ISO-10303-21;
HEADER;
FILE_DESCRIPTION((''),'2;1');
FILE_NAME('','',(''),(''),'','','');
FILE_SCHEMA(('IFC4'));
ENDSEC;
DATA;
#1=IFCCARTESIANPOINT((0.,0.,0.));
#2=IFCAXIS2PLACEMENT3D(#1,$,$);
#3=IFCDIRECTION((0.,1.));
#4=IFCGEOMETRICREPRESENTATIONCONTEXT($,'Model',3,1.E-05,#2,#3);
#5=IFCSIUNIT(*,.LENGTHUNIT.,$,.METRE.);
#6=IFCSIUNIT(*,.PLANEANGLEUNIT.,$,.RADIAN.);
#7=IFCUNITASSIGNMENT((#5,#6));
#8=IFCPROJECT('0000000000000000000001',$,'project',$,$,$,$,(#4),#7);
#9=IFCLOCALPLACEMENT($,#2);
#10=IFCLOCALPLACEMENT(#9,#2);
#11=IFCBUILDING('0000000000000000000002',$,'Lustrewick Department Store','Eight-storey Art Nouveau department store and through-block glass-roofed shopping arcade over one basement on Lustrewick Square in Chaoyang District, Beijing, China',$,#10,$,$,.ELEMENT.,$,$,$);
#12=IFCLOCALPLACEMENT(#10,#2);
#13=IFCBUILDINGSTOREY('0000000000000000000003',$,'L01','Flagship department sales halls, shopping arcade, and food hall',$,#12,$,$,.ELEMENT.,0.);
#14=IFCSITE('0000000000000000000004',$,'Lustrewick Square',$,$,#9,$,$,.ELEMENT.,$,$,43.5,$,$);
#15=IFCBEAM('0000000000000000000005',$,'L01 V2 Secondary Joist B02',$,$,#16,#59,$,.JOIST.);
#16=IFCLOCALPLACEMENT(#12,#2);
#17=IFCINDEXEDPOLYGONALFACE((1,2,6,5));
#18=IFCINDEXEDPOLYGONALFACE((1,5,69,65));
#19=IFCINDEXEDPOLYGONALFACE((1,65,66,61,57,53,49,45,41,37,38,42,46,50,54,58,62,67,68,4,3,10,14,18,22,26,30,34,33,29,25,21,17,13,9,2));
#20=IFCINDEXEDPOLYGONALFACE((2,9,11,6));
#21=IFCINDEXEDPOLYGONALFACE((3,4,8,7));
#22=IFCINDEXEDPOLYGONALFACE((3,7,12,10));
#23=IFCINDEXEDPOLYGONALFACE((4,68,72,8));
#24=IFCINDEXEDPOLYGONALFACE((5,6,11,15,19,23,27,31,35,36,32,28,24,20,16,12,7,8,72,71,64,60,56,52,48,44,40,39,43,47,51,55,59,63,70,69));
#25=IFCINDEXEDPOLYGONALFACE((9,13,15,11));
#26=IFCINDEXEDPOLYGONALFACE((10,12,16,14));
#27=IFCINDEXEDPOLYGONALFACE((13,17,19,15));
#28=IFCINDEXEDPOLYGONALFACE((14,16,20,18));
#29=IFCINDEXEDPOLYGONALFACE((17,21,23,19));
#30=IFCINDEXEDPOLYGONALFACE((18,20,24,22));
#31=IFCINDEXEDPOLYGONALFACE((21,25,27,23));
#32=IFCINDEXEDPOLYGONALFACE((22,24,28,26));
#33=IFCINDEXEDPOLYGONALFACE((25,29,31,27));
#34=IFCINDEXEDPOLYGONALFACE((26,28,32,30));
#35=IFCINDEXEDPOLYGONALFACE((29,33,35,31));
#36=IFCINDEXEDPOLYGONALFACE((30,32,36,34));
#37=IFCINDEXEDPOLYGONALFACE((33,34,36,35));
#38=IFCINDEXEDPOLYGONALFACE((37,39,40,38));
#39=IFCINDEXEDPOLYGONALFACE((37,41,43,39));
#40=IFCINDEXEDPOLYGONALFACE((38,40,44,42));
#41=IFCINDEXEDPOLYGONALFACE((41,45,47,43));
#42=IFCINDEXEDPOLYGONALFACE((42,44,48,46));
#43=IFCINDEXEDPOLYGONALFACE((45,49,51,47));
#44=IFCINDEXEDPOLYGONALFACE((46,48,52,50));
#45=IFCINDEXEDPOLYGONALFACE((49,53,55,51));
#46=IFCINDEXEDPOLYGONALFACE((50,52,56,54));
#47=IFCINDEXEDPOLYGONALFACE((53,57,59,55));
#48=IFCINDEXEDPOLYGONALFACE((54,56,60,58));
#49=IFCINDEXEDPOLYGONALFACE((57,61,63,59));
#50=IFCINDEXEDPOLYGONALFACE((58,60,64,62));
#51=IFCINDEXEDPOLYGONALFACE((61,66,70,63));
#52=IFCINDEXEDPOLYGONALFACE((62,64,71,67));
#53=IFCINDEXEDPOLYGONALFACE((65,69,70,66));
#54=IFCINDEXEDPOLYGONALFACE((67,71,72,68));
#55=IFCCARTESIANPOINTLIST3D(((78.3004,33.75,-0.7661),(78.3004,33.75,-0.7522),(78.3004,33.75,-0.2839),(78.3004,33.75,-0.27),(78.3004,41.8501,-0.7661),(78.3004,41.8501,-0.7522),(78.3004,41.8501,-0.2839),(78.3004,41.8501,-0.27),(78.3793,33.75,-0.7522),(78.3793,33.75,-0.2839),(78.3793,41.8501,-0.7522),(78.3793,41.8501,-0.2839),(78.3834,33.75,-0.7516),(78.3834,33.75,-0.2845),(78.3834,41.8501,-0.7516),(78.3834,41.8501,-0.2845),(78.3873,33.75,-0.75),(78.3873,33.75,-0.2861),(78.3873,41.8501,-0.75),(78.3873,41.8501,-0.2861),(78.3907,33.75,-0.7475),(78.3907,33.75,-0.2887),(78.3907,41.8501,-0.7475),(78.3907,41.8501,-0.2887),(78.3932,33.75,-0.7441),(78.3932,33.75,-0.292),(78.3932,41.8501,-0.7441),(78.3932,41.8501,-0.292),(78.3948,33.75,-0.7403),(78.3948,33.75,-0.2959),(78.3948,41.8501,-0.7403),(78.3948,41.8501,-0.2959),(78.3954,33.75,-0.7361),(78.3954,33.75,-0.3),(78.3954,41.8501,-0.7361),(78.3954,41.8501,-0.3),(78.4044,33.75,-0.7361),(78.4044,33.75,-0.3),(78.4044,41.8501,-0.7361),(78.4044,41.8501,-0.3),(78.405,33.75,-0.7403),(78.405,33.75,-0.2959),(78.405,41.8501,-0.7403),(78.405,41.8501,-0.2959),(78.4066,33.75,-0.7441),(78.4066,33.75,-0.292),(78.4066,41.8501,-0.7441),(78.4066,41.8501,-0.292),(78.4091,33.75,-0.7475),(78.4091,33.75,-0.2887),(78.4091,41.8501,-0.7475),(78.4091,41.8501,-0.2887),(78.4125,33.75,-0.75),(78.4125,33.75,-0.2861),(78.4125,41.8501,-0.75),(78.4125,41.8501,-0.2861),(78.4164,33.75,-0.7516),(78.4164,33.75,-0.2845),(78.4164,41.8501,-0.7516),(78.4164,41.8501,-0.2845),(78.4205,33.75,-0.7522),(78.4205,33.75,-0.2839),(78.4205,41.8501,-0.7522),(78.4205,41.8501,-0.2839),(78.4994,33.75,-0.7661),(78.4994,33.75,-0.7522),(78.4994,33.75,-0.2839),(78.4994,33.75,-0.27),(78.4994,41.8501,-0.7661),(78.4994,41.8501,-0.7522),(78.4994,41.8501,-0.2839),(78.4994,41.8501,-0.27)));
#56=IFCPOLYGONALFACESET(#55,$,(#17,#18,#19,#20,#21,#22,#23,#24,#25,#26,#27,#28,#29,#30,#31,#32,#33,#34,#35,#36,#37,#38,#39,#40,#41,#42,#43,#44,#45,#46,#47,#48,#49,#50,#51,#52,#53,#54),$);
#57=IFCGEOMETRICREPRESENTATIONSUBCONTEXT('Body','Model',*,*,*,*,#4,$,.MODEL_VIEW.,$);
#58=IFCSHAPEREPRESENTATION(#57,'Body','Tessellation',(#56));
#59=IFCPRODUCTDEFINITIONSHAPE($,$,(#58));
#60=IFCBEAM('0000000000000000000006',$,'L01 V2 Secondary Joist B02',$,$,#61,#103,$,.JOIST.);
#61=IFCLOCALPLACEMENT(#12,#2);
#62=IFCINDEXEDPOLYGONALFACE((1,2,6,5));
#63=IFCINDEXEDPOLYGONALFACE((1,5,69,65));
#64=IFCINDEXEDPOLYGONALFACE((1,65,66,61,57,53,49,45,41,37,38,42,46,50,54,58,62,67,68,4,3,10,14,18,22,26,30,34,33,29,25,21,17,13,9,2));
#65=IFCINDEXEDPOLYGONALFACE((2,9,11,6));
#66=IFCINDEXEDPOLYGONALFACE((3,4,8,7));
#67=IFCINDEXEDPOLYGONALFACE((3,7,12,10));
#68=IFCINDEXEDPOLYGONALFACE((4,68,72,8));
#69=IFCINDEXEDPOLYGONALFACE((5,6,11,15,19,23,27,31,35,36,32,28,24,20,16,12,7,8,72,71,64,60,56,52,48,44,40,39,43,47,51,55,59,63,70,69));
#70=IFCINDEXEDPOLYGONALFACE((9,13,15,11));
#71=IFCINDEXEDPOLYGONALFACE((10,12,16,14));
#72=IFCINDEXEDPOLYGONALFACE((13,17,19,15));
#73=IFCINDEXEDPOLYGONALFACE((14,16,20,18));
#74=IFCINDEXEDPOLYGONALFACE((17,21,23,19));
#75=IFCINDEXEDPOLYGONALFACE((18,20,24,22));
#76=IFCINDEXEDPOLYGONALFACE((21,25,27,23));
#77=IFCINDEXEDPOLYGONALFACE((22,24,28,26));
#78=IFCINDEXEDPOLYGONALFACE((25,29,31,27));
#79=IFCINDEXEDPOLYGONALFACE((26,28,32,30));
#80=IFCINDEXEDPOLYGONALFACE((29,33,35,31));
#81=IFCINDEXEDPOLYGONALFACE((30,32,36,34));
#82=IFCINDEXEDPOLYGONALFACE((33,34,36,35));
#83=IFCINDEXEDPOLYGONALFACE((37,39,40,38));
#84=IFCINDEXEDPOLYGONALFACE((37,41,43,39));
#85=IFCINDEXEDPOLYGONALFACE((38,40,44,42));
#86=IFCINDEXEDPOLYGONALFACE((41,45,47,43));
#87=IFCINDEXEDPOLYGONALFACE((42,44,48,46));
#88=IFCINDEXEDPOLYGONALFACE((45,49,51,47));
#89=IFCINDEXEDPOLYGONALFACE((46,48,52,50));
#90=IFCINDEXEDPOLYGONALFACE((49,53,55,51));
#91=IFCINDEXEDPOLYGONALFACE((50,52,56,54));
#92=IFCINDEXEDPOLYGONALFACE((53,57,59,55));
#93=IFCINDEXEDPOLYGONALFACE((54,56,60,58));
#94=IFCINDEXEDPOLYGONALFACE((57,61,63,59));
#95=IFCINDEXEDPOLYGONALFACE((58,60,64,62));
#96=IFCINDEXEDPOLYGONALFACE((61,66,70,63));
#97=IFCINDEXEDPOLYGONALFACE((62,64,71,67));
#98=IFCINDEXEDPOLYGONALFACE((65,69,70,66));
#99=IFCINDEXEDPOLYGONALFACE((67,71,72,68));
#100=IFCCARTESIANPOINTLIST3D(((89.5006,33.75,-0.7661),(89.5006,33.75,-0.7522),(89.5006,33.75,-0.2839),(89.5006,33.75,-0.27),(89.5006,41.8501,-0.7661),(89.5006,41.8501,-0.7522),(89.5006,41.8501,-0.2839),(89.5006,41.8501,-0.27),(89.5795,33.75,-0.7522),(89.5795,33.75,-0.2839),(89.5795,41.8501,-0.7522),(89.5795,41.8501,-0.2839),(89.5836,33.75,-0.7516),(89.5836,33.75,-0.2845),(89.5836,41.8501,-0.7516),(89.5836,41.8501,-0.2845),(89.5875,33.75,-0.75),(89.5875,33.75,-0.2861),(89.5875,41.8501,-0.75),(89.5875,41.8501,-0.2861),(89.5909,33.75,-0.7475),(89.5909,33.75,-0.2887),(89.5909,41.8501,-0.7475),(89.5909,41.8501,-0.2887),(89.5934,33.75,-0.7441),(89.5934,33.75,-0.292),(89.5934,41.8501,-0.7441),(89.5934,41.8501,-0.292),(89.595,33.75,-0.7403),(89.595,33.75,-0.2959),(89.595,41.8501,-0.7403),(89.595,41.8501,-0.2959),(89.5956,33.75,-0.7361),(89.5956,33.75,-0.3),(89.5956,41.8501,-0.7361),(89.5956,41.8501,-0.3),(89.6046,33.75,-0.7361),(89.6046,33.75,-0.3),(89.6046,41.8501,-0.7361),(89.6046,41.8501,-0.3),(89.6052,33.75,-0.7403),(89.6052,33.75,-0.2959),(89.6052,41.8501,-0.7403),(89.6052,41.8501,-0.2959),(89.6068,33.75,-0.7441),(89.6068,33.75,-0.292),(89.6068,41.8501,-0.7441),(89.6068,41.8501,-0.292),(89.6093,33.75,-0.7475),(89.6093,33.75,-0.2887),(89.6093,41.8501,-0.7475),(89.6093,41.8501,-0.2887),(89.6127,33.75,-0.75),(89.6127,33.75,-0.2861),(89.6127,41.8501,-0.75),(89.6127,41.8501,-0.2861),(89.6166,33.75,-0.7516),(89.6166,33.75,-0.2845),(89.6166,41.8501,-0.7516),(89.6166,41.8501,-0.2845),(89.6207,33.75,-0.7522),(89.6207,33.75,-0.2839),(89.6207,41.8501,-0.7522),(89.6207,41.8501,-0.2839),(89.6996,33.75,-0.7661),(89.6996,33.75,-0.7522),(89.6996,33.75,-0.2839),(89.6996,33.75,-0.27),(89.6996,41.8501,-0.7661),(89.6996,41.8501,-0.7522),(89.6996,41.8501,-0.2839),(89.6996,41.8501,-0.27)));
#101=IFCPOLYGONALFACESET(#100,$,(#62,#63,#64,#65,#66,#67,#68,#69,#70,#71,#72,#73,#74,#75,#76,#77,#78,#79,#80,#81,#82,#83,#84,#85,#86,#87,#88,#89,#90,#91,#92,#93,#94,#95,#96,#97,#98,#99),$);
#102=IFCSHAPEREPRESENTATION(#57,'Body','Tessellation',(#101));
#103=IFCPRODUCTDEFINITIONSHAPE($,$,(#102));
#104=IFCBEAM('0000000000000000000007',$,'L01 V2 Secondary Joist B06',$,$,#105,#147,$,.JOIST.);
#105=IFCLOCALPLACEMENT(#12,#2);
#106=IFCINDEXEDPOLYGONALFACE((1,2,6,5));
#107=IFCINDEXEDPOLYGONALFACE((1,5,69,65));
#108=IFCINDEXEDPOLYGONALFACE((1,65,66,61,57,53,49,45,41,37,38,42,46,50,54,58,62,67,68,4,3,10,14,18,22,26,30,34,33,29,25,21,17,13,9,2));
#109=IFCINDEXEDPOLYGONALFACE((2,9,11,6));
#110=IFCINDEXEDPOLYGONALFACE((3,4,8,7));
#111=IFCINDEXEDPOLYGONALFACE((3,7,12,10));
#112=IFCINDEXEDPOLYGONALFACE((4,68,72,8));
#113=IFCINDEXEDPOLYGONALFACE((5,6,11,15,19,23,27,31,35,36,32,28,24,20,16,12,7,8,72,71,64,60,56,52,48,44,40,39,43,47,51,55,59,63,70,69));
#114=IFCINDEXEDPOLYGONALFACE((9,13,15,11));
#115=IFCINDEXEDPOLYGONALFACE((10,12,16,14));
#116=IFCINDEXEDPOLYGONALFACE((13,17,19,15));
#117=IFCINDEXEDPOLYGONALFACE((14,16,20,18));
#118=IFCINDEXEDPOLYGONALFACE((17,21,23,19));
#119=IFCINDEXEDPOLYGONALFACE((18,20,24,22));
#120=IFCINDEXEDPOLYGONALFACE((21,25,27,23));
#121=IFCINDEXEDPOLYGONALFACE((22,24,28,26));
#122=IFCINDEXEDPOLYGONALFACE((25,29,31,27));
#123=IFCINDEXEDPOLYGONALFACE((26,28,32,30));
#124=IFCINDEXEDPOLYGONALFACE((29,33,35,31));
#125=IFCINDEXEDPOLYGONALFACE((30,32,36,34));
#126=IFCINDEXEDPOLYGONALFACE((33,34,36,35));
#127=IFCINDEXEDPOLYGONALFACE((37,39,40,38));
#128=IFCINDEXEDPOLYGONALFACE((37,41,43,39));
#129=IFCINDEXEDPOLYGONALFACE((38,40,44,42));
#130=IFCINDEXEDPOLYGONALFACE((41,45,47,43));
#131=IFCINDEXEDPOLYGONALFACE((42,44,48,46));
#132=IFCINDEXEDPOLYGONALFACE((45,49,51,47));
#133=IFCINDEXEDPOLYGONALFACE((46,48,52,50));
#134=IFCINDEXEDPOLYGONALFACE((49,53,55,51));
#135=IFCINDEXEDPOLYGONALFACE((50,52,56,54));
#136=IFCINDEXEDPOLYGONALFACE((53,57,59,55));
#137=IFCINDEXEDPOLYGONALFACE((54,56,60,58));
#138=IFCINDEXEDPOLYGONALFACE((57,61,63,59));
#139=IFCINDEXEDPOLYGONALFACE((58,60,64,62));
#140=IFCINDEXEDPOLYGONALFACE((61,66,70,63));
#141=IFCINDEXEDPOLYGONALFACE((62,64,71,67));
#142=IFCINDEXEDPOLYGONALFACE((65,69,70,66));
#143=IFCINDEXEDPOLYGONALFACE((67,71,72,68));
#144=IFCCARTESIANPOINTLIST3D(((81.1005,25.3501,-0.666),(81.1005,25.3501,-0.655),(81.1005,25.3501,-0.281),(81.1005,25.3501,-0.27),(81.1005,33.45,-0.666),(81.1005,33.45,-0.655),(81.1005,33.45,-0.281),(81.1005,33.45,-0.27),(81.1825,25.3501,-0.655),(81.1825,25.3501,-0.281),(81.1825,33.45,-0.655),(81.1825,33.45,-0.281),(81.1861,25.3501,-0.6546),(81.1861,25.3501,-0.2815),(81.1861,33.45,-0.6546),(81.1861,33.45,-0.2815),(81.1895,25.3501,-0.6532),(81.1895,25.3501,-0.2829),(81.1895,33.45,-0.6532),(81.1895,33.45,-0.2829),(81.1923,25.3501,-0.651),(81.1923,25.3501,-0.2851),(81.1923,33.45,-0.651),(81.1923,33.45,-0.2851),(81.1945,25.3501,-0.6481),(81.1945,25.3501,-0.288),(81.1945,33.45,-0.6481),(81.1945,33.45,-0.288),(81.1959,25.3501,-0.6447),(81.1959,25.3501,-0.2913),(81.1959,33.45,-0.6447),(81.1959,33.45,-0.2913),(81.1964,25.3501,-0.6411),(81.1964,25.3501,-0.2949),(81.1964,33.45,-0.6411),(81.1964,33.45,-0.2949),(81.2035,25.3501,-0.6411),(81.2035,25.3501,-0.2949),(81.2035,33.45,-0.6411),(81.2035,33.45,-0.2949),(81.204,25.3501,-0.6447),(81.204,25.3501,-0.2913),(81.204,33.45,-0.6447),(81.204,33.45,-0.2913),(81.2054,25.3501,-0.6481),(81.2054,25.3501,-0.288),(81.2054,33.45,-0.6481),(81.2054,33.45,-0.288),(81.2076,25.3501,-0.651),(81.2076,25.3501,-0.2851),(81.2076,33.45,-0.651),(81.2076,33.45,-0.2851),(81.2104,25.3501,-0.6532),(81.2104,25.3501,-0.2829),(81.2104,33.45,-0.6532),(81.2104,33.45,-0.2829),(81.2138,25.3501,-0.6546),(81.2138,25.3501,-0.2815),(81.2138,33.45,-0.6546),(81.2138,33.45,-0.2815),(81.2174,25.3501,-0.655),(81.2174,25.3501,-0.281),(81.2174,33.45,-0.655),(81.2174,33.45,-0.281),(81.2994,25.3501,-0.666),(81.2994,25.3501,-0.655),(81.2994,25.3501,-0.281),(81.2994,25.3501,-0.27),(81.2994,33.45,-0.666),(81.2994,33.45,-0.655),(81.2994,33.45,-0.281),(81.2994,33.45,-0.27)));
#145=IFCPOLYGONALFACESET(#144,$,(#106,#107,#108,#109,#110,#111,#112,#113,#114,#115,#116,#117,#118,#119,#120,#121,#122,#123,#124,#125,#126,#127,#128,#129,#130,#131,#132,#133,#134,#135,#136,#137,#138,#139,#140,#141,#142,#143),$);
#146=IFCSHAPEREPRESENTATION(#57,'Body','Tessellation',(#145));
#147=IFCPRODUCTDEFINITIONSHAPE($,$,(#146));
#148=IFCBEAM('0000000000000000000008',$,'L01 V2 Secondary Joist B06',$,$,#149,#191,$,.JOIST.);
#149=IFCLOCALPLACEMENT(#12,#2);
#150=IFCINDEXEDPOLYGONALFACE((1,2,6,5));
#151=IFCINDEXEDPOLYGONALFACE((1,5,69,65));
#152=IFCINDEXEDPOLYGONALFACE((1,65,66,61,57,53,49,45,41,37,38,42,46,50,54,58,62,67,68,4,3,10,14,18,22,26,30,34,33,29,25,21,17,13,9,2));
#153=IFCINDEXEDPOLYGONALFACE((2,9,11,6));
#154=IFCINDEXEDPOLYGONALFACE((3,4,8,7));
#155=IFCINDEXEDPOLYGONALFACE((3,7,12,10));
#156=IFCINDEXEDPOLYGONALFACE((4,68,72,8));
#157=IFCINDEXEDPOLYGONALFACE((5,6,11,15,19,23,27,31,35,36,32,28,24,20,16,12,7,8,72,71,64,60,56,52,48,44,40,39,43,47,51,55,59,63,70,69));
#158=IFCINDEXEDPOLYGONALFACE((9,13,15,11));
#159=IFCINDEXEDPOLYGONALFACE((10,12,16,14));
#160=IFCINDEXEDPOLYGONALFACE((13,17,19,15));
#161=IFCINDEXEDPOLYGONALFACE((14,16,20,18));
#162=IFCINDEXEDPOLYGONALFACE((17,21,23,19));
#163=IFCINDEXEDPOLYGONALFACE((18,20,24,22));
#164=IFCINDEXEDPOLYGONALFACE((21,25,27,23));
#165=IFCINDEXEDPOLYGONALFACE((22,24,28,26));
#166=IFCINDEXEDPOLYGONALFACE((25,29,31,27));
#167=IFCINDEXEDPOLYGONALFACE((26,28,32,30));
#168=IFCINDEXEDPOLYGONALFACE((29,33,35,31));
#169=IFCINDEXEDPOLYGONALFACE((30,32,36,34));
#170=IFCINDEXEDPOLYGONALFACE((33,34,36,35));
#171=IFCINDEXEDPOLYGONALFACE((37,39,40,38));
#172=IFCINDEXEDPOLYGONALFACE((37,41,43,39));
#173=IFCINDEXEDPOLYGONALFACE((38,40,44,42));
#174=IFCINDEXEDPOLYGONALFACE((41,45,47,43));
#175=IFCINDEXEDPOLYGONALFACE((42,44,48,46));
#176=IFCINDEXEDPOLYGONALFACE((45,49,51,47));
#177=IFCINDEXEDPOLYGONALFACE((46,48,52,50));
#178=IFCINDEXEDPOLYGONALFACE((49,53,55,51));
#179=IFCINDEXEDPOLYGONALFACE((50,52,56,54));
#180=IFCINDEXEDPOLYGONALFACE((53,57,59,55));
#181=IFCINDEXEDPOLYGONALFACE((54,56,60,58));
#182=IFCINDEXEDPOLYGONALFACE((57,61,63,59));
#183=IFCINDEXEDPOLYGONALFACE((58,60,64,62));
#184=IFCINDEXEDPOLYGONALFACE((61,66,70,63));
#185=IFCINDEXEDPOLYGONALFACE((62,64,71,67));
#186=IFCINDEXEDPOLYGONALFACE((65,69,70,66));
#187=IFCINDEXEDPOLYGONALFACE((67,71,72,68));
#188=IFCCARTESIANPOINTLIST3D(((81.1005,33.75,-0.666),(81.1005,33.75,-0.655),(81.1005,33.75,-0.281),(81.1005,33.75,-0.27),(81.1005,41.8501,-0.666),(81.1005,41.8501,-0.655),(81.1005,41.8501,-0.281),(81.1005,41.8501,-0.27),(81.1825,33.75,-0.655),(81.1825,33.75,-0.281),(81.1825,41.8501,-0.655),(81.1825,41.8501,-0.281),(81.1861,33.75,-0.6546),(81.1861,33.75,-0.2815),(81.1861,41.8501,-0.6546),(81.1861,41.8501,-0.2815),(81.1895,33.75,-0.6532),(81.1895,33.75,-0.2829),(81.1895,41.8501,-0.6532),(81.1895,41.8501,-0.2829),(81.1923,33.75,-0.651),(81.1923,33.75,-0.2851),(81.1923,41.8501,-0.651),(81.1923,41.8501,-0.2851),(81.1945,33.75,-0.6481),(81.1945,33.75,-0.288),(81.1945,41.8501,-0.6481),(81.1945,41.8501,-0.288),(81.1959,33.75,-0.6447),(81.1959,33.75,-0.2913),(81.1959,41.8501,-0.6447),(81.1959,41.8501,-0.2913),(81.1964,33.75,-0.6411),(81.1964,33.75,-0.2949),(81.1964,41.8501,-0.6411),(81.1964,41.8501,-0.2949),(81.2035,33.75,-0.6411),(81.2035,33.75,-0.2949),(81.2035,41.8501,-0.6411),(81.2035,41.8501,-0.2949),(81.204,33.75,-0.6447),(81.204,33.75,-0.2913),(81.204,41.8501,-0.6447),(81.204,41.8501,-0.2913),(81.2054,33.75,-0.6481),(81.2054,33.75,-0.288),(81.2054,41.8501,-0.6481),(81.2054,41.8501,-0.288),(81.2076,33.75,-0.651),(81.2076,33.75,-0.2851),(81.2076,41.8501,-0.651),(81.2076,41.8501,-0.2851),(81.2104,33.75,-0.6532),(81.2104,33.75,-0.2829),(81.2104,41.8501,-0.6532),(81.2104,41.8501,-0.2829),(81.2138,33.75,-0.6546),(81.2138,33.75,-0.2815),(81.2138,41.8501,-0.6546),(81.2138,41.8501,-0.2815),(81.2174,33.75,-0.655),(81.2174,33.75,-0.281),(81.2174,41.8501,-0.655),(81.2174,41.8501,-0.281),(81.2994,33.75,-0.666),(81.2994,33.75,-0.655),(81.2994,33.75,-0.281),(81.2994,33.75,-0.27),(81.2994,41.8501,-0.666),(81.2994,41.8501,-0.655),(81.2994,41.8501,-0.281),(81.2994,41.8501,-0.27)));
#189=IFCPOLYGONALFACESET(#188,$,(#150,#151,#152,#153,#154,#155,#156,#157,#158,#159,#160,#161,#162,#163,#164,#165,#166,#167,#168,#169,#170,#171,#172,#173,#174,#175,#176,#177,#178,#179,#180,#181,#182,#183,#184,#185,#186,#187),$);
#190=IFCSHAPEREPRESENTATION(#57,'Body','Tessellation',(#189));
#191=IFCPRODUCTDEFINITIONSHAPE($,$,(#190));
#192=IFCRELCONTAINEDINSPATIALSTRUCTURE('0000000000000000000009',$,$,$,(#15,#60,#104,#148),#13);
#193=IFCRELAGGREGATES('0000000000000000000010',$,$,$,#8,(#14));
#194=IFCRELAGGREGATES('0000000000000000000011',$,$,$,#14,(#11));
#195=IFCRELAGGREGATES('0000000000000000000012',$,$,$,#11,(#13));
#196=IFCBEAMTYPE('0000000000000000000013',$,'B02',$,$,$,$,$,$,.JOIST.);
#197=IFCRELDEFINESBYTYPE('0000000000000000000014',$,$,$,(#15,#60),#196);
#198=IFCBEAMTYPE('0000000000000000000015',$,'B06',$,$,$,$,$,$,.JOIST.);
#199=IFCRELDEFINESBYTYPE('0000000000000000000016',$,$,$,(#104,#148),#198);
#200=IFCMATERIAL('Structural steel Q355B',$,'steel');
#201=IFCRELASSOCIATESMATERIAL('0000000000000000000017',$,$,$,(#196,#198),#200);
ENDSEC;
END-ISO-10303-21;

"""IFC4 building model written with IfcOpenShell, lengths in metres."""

from ifc_helpers import new_model, si_unit, direction, frame, origin, origin_2d, place, context, subcontext, project, spatial, i_section, extrude, material, material_profile, profile_set, type_object, element, save


model = new_model("IFC4")

# Units and contexts
model_context = context("Model", 3, precision=1e-05, world=origin(), true_north=direction((0.0, 1.0)))
body_context = subcontext(model_context, "Body", "Model", "MODEL_VIEW")
ifc_project = project(units=[si_unit("LENGTHUNIT", "METRE"), si_unit("PLANEANGLEUNIT", "RADIAN")], contexts=[model_context])

# Site, building, storey
site_placement = place(None, origin())
site = spatial("IfcSite", under=ifc_project, at=site_placement, Name="Lustrewick Square", CompositionType="ELEMENT", RefElevation=43.5)
building_placement = place(site_placement, origin())
building = spatial("IfcBuilding", under=site, at=building_placement, Name="Lustrewick Department Store", Description="Eight-storey Art Nouveau department store and through-block glass-roofed shopping arcade over one basement on Lustrewick Square in Chaoyang District, Beijing, China", CompositionType="ELEMENT")
storey_placement = place(building_placement, origin())
storey = spatial("IfcBuildingStorey", under=building, at=storey_placement, Name="L01", Description="Flagship department sales halls, shopping arcade, and food hall", CompositionType="ELEMENT", Elevation=0.0)

# Shared definitions
ifc_material_1 = material(Name="Structural steel Q355B", Category="steel")

# Beams
ifc_material_profile_1 = material_profile(ifc_material_1, i_section(OverallWidth=0.199, OverallDepth=0.4961, WebThickness=0.009, FlangeThickness=0.0139, FilletRadius=0.0161, at=origin_2d()), Name="HN 496x199x9x14")
ifc_profile_set_1 = profile_set([ifc_material_profile_1], Name="Structural steel Q355B")
beam_type_1 = type_object("IfcBeamType", Name="B02", PredefinedType="JOIST", material=ifc_profile_set_1)
for number, where, z_axis, x_axis, name in (
    (1, (78.3999, 33.75, -0.5181), (0.0, 1.0, 0.0), (-1.0, 0.0, 0.0), "L01 V2 Secondary Joist B02"),
    (2, (89.6001, 33.75, -0.5181), (0.0, 1.0, 0.0), (-1.0, 0.0, 0.0), "L01 V2 Secondary Joist B02"),
):
    element("IfcBeam", number, at=place(storey_placement, frame(where, z_axis=z_axis, x_axis=x_axis)), inside=storey, type_object=beam_type_1, Name=name, PredefinedType="JOIST", context=body_context, shape_type="SweptSolid", body=[
        extrude(i_section(OverallWidth=0.199, OverallDepth=0.4961, WebThickness=0.009, FlangeThickness=0.0139, FilletRadius=0.0161, at=origin_2d()), origin(), (0.0, 0.0, 1.0), 8.1001),
    ])
ifc_material_profile_2 = material_profile(ifc_material_1, i_section(OverallWidth=0.199, OverallDepth=0.396, WebThickness=0.0071, FlangeThickness=0.011, FilletRadius=0.0139, at=origin_2d()), Name="HN 396x199x7x11")
ifc_profile_set_2 = profile_set([ifc_material_profile_2], Name="Structural steel Q355B")
beam_type_2 = type_object("IfcBeamType", Name="B06", PredefinedType="JOIST", material=ifc_profile_set_2)
beam_1_placement = place(storey_placement, frame((81.2, 25.3501, -0.468), z_axis=(0.0, 1.0, 0.0), x_axis=(-1.0, 0.0, 0.0)))
element("IfcBeam", 3, at=beam_1_placement, inside=storey, type_object=beam_type_2, Name="L01 V2 Secondary Joist B06", PredefinedType="JOIST", context=body_context, shape_type="SweptSolid", body=[
    extrude(i_section(OverallWidth=0.199, OverallDepth=0.396, WebThickness=0.0071, FlangeThickness=0.011, FilletRadius=0.0139, at=origin_2d()), origin(), (0.0, 0.0, 1.0), 8.0999),
])
beam_2_placement = place(storey_placement, frame((81.2, 33.75, -0.468), z_axis=(0.0, 1.0, 0.0), x_axis=(-1.0, 0.0, 0.0)))
element("IfcBeam", 4, at=beam_2_placement, inside=storey, type_object=beam_type_2, Name="L01 V2 Secondary Joist B06", PredefinedType="JOIST", context=body_context, shape_type="SweptSolid", body=[
    extrude(i_section(OverallWidth=0.199, OverallDepth=0.396, WebThickness=0.0071, FlangeThickness=0.011, FilletRadius=0.0139, at=origin_2d()), origin(), (0.0, 0.0, 1.0), 8.1001),
])

save(model, "model.ifc")
